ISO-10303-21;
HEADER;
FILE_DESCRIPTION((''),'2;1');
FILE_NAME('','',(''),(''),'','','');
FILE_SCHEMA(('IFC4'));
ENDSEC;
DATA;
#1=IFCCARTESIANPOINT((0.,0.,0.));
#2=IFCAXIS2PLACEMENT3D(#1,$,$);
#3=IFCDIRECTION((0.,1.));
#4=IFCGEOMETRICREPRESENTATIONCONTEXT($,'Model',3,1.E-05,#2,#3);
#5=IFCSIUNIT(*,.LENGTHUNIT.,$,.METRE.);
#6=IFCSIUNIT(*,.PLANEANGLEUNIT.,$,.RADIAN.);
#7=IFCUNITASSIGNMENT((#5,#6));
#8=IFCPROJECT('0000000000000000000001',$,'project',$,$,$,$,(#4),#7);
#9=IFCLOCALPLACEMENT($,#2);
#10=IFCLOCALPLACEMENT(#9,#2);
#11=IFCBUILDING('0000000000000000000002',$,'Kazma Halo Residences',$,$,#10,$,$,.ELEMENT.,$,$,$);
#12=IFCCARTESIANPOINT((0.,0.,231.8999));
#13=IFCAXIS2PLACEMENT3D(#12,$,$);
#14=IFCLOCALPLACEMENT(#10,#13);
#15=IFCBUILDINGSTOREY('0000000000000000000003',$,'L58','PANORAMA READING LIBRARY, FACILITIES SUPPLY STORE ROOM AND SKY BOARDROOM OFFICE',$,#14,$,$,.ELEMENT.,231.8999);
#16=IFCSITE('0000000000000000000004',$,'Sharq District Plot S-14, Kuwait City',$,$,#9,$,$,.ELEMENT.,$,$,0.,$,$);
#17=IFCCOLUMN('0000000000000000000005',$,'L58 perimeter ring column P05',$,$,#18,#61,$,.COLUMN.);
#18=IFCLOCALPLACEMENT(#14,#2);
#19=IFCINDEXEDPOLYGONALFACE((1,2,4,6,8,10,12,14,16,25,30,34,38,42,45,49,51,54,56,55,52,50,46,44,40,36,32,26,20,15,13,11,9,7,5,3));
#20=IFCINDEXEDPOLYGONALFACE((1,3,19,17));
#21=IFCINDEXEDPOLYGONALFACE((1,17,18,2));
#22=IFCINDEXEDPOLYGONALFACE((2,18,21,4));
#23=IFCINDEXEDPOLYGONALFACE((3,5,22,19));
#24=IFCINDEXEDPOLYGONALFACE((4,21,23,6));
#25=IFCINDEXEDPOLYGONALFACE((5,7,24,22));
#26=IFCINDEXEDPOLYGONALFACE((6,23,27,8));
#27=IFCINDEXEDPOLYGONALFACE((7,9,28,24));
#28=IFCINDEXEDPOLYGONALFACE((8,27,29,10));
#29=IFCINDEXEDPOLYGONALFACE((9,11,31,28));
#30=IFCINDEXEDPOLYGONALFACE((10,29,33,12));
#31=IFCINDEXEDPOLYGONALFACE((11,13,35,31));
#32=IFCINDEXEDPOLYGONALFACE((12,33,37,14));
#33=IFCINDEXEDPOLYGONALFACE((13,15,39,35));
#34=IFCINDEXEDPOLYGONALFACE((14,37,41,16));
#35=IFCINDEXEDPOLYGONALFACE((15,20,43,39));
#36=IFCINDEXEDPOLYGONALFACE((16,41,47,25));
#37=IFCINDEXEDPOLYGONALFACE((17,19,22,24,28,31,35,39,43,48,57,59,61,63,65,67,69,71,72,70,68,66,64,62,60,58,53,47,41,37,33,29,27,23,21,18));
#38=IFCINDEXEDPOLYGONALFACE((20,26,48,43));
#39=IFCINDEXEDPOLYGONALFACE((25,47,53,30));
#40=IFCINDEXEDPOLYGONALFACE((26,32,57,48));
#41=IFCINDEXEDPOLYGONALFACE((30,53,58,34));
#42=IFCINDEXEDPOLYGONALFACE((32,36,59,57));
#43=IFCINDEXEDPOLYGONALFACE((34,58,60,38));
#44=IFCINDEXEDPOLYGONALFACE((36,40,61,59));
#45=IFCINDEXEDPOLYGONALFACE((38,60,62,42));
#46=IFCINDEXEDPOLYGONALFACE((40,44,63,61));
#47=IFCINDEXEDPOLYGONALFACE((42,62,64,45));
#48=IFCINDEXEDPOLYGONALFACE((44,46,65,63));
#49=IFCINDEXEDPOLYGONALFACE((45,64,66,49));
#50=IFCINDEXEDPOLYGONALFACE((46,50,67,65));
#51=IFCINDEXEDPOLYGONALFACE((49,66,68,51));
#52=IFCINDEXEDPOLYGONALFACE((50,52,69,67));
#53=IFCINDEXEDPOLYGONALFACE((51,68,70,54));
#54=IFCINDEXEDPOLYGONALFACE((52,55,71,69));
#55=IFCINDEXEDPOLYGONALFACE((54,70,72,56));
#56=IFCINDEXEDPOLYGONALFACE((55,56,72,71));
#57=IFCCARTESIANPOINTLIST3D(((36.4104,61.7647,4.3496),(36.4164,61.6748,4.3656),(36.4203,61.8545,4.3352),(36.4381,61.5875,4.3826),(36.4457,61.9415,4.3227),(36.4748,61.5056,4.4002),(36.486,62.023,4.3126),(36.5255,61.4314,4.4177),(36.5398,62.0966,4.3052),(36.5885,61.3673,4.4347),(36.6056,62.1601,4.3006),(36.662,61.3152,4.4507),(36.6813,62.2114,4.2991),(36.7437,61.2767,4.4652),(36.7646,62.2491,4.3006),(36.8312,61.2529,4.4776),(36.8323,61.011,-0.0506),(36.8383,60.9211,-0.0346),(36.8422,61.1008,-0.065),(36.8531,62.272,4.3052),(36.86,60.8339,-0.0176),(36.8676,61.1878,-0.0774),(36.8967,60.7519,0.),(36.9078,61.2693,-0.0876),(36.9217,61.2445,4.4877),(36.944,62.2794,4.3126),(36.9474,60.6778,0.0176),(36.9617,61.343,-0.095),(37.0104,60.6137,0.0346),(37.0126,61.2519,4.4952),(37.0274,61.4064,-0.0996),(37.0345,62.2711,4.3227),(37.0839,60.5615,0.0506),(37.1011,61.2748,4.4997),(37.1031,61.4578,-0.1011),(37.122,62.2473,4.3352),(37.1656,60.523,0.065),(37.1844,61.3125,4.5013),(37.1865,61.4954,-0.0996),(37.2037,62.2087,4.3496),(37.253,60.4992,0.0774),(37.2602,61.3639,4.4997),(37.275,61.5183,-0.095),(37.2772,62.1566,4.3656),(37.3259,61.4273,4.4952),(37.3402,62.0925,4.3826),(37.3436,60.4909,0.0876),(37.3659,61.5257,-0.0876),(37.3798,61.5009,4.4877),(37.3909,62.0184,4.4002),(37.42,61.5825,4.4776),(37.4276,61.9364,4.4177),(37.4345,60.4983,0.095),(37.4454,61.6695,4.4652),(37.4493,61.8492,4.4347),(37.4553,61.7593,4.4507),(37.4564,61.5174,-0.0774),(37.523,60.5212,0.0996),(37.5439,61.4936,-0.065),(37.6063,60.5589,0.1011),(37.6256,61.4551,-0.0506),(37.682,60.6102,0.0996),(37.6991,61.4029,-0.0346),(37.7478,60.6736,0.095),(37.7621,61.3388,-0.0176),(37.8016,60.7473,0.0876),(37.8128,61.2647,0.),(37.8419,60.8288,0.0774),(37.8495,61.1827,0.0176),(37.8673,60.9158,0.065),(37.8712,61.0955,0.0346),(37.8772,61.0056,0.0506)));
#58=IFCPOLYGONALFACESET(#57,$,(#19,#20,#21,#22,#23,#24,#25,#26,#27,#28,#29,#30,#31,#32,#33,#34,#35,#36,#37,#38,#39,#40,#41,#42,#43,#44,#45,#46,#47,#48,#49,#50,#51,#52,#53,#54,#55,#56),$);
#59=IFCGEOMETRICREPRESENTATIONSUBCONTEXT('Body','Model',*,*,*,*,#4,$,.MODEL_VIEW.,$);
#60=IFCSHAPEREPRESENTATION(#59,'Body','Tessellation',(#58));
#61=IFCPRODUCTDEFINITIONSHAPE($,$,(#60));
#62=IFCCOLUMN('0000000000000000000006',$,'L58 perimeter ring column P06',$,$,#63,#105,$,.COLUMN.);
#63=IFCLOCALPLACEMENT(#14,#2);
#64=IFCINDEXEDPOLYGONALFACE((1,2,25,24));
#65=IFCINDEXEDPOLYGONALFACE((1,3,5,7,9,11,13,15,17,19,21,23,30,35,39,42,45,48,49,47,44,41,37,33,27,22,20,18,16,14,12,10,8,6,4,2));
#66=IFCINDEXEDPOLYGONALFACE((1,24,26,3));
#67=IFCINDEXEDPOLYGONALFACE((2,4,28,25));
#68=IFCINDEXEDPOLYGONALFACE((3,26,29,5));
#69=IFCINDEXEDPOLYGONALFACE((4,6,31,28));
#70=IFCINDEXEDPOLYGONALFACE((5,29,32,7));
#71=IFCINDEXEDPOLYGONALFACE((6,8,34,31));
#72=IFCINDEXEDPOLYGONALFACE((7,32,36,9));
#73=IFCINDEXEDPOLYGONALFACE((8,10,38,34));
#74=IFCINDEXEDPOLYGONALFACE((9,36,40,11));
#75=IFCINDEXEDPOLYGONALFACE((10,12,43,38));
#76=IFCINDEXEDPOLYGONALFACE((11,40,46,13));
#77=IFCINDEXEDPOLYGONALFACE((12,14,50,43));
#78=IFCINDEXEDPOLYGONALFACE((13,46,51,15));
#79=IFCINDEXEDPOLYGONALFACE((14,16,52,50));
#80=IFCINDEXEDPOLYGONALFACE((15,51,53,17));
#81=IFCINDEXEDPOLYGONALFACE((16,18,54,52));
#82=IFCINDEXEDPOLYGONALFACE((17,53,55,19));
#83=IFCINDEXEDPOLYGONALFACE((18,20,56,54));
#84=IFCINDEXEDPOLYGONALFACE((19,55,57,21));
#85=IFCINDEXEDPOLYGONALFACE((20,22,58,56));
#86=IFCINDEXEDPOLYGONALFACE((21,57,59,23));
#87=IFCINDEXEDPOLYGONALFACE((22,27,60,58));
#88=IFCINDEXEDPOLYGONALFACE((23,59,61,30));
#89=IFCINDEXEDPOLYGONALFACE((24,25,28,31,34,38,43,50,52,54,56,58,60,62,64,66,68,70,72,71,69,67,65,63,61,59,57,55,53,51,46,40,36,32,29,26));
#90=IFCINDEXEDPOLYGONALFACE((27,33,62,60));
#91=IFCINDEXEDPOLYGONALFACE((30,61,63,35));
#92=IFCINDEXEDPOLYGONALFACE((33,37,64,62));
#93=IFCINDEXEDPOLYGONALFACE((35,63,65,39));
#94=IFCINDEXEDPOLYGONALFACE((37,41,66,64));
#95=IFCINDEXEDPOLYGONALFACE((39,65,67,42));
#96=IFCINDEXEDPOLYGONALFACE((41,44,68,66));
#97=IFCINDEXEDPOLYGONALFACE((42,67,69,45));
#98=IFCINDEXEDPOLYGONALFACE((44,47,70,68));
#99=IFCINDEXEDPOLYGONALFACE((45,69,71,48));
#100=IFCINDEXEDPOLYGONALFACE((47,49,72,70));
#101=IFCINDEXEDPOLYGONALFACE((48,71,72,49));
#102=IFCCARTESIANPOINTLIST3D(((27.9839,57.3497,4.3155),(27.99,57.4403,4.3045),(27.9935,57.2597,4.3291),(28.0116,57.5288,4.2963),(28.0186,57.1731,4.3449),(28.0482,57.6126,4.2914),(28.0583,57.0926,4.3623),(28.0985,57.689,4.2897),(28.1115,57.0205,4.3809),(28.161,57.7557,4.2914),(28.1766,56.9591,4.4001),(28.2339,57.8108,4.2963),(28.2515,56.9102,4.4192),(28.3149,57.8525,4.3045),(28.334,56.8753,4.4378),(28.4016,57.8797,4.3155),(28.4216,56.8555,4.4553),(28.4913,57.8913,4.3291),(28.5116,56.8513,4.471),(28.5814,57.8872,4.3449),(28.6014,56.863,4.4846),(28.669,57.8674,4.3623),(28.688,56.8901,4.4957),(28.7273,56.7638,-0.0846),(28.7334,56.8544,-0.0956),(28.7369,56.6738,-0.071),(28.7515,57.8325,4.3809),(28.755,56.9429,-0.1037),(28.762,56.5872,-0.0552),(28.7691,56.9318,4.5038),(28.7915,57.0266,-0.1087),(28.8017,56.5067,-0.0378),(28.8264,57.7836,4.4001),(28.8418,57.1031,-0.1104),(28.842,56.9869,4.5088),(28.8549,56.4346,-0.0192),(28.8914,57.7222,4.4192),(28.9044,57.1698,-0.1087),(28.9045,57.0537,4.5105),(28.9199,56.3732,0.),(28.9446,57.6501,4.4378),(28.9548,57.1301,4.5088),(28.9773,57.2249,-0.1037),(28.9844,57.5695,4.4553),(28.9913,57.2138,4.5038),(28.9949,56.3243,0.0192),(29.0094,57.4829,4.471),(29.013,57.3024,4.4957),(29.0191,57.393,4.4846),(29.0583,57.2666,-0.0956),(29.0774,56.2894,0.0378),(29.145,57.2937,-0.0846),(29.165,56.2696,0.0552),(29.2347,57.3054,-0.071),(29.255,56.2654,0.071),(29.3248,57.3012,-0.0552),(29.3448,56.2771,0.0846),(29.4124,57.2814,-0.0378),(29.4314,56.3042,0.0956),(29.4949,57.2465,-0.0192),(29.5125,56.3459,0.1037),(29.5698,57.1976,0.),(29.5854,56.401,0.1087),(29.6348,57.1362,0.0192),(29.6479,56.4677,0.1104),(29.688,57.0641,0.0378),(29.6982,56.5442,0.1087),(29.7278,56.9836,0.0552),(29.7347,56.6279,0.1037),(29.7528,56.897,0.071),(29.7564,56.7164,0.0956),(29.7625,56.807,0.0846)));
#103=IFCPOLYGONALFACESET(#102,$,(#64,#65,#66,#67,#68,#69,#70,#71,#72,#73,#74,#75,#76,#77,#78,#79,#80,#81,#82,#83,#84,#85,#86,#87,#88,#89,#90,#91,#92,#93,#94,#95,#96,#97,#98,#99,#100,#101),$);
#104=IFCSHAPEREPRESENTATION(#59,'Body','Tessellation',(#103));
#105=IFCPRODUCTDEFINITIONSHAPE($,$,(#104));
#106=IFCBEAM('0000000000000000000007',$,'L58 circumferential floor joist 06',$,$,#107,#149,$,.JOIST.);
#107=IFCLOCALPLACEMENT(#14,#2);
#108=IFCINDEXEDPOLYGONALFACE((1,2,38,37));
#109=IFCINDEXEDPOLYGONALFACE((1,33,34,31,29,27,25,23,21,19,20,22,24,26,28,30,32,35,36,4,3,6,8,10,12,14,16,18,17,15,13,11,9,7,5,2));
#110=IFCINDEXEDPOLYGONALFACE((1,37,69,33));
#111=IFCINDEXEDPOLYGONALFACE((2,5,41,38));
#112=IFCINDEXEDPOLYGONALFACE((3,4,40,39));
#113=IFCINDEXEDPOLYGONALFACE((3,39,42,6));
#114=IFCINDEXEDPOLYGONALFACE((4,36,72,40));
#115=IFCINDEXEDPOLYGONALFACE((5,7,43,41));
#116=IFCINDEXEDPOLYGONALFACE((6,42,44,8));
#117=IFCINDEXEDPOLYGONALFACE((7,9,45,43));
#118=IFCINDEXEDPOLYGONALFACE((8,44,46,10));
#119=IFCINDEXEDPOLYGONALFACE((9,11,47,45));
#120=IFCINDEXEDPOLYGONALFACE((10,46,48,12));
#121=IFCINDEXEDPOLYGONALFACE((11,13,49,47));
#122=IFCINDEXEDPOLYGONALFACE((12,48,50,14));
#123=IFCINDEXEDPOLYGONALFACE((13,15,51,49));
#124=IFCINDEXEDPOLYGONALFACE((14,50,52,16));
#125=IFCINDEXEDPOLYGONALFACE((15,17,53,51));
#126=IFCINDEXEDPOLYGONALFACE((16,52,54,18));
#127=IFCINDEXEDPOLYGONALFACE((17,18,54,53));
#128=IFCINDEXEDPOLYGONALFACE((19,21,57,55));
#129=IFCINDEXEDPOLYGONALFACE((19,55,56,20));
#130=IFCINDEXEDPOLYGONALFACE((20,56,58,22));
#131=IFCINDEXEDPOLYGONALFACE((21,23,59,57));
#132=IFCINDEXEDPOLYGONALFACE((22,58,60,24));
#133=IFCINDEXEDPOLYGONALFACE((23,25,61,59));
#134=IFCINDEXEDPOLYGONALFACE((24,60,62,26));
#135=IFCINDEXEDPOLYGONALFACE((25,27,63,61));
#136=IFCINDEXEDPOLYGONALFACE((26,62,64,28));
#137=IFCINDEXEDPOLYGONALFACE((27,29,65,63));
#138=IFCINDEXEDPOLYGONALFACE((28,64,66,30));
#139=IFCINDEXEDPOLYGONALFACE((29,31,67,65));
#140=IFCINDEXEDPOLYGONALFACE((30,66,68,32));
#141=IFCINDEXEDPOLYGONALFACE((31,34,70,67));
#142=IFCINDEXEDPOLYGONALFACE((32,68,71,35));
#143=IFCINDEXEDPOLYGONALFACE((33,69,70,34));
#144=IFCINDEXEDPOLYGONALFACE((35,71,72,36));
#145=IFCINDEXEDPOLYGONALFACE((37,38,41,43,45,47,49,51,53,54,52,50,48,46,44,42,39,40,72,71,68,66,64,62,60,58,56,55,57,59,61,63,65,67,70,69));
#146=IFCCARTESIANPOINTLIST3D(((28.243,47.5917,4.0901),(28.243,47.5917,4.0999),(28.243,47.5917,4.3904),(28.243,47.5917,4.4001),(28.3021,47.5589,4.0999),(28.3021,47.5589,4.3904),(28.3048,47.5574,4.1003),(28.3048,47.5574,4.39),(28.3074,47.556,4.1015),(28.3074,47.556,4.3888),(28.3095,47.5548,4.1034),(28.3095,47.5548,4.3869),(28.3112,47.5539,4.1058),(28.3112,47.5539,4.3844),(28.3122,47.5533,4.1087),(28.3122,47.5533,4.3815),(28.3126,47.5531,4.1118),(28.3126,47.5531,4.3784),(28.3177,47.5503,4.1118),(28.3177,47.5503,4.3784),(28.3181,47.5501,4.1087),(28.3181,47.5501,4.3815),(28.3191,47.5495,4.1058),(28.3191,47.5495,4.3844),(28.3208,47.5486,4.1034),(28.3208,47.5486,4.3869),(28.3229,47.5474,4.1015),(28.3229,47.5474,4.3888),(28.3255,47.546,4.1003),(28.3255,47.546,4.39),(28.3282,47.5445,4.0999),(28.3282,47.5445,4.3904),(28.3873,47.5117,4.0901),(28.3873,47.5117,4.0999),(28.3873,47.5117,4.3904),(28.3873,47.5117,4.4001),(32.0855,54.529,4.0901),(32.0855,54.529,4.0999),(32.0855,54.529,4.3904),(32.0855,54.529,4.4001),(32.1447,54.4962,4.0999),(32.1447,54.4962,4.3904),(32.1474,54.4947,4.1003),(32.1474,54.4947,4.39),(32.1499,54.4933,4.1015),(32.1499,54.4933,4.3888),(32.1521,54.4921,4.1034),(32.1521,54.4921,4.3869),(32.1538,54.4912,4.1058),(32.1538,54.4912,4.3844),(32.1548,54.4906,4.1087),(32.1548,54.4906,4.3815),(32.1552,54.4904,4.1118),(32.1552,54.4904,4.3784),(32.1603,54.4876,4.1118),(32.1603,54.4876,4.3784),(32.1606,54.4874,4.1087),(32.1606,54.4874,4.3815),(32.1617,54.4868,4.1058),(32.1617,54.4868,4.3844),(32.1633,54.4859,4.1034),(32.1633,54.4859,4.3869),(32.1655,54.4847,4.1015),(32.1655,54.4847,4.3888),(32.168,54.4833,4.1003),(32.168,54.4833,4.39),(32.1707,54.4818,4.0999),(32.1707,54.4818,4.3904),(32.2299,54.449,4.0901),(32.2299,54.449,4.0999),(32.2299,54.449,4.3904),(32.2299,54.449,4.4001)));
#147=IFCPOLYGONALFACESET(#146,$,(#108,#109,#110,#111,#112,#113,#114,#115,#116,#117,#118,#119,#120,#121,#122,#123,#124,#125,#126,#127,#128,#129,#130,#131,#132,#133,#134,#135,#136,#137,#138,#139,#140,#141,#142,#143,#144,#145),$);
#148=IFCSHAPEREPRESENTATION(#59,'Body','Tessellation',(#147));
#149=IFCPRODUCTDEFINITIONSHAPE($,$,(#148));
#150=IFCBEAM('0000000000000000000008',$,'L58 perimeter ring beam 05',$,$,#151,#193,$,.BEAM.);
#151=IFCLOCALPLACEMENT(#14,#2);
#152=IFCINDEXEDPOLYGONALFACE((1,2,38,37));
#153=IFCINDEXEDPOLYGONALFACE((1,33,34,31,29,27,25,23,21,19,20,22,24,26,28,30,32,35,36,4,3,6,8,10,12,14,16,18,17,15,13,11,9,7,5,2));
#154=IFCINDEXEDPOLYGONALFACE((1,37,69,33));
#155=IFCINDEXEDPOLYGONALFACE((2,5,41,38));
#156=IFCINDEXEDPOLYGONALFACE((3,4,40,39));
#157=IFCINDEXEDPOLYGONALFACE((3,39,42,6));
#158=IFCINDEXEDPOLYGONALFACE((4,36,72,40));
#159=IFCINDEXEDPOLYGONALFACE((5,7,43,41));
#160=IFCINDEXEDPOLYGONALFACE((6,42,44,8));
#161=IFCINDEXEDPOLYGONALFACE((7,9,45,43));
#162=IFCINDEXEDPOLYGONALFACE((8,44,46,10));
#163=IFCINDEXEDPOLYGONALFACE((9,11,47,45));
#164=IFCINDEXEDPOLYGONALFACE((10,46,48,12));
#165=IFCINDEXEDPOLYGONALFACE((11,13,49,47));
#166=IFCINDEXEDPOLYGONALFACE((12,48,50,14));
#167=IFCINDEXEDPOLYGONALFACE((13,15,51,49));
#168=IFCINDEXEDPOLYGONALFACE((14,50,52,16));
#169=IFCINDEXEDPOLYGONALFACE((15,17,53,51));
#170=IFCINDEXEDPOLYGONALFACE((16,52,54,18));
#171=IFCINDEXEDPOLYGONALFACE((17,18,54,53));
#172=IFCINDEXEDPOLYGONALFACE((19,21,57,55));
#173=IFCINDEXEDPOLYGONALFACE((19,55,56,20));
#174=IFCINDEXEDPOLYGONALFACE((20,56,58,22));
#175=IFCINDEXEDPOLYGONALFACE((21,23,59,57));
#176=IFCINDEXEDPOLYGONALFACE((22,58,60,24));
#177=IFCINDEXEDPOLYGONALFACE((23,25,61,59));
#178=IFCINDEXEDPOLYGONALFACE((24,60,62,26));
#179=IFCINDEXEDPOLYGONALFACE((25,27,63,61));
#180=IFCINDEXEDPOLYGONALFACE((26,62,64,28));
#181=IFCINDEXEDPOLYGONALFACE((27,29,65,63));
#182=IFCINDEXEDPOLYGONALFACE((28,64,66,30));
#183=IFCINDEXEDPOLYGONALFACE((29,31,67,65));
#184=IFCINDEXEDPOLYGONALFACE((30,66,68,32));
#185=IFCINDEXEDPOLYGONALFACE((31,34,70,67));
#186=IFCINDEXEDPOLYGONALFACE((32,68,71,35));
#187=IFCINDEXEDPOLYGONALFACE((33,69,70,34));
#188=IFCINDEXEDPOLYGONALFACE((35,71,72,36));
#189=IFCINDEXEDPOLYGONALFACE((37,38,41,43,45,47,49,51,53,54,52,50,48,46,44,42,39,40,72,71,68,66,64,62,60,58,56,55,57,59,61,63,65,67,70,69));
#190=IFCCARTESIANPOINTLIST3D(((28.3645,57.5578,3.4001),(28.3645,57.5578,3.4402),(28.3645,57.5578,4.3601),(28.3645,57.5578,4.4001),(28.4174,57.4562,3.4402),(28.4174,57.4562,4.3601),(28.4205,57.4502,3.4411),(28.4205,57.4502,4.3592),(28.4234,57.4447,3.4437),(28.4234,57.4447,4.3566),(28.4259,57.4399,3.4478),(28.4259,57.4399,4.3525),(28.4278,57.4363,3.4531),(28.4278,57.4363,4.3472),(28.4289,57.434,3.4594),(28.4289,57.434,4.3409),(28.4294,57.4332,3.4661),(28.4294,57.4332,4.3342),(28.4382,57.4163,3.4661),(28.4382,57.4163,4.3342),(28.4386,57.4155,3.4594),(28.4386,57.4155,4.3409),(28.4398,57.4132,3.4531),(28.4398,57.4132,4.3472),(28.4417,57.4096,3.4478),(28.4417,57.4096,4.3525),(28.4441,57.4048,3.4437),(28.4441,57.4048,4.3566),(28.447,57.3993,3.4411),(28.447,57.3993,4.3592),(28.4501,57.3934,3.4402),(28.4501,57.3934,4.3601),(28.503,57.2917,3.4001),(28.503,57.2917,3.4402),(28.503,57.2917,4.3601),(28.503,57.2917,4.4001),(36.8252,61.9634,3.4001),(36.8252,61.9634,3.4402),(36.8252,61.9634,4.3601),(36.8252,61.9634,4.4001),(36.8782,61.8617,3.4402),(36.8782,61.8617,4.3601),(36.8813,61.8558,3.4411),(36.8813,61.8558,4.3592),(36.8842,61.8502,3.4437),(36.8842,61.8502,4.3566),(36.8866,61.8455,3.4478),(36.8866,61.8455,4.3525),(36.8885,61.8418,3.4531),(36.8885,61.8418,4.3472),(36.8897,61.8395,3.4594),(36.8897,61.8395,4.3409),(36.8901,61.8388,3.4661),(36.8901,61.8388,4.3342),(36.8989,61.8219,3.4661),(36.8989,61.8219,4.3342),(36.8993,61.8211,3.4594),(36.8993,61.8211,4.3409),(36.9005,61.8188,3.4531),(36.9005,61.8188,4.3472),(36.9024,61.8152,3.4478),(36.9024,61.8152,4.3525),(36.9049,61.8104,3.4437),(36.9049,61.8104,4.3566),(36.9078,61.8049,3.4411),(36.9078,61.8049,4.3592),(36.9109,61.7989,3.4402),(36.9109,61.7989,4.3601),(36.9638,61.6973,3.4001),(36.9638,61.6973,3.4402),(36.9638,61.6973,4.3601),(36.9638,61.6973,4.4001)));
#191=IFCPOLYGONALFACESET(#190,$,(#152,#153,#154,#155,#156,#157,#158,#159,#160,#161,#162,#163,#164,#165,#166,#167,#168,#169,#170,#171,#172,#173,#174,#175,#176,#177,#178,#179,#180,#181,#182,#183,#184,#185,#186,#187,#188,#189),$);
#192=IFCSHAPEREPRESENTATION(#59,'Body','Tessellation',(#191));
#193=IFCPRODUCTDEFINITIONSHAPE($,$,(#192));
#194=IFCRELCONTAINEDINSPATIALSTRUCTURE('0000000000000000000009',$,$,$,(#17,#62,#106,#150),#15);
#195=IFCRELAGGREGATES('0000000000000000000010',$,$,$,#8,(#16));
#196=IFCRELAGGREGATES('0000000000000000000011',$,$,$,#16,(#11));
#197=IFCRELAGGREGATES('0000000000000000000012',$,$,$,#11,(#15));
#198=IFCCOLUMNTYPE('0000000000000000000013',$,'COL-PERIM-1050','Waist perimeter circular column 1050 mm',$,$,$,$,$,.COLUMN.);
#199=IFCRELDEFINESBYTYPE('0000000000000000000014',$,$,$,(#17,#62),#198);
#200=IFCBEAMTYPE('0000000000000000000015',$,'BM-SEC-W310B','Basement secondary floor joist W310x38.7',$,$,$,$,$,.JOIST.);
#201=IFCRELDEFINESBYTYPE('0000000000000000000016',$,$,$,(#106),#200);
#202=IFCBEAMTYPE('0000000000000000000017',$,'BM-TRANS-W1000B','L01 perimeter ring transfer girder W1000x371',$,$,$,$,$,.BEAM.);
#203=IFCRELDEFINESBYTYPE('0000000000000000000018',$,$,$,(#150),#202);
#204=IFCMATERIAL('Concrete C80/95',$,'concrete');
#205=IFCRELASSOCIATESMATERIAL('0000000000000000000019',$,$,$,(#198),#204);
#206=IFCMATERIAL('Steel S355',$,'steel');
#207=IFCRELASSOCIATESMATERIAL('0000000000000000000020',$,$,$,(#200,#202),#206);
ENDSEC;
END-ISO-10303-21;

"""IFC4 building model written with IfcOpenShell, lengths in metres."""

from ifc_helpers import new_model, si_unit, direction, frame, origin, origin_2d, place, context, subcontext, project, spatial, circle, i_section, extrude, material, material_profile, profile_set, type_object, element, save


model = new_model("IFC4")

# Units and contexts
model_context = context("Model", 3, precision=1e-05, world=origin(), true_north=direction((0.0, 1.0)))
body_context = subcontext(model_context, "Body", "Model", "MODEL_VIEW")
ifc_project = project(units=[si_unit("LENGTHUNIT", "METRE"), si_unit("PLANEANGLEUNIT", "RADIAN")], contexts=[model_context])

# Site, building, storey
site_placement = place(None, origin())
site = spatial("IfcSite", under=ifc_project, at=site_placement, Name="Sharq District Plot S-14, Kuwait City", CompositionType="ELEMENT", RefElevation=0.0)
building_placement = place(site_placement, origin())
building = spatial("IfcBuilding", under=site, at=building_placement, Name="Kazma Halo Residences", CompositionType="ELEMENT")
storey_placement = place(building_placement, frame((0.0, 0.0, 231.8999)))
storey = spatial("IfcBuildingStorey", under=building, at=storey_placement, Name="L58", Description="PANORAMA READING LIBRARY, FACILITIES SUPPLY STORE ROOM AND SKY BOARDROOM OFFICE", CompositionType="ELEMENT", Elevation=231.8999)

# Columns
ifc_material_1 = material(Name="Concrete C80/95", Category="concrete")
ifc_material_profile_1 = material_profile(ifc_material_1, circle(Radius=0.5249, at=origin_2d()), Name="CIRC1050")
ifc_profile_set_1 = profile_set([ifc_material_profile_1], Name="Concrete C80/95")
column_type = type_object("IfcColumnType", Name="COL-PERIM-1050", Description="Waist perimeter circular column 1050 mm", PredefinedType="COLUMN", material=ifc_profile_set_1)
column_1_placement = place(storey_placement, frame((37.3547, 61.0083, 0.0), z_axis=(-0.094082, 0.168074, 0.981275), x_axis=(-0.872593, -0.488448, 0.0)))
element("IfcColumn", 1, at=column_1_placement, inside=storey, type_object=column_type, Name="L58 perimeter ring column P05", PredefinedType="COLUMN", context=body_context, shape_type="SweptSolid", body=[
    extrude(circle(Radius=0.5249, at=origin_2d()), origin(), (0.0, 0.0, 1.0), 4.4841),
])
column_2_placement = place(storey_placement, frame((29.2449, 56.7854, 0.0), z_axis=(-0.165172, 0.130185, 0.977635), x_axis=(-0.619017, -0.785378, 0.0)))
element("IfcColumn", 2, at=column_2_placement, inside=storey, type_object=column_type, Name="L58 perimeter ring column P06", PredefinedType="COLUMN", context=body_context, shape_type="SweptSolid", body=[
    extrude(circle(Radius=0.5249, at=origin_2d()), origin(), (0.0, 0.0, 1.0), 4.5007),
])

# Beams
ifc_material_2 = material(Name="Steel S355", Category="steel")
ifc_material_profile_2 = material_profile(ifc_material_2, i_section(OverallWidth=0.165, OverallDepth=0.3101, WebThickness=0.0059, FlangeThickness=0.0098, FilletRadius=0.012, at=origin_2d()), Name="W310x38.7")
ifc_profile_set_2 = profile_set([ifc_material_profile_2], Name="Steel S355")
beam_type_1 = type_object("IfcBeamType", Name="BM-SEC-W310B", Description="Basement secondary floor joist W310x38.7", PredefinedType="JOIST", material=ifc_profile_set_2)
beam_1_placement = place(storey_placement, frame((32.1577, 54.489, 4.2451), z_axis=(-0.484534, -0.874772, 0.0), x_axis=(0.874772, -0.484534, 0.0)))
element("IfcBeam", 3, at=beam_1_placement, inside=storey, type_object=beam_type_1, Name="L58 circumferential floor joist 06", PredefinedType="JOIST", context=body_context, shape_type="SweptSolid", body=[
    extrude(i_section(OverallWidth=0.165, OverallDepth=0.3101, WebThickness=0.0059, FlangeThickness=0.0098, FilletRadius=0.012, at=origin_2d()), origin(), (0.0, 0.0, 1.0), 7.9304),
])
ifc_material_profile_3 = material_profile(ifc_material_2, i_section(OverallWidth=0.3, OverallDepth=1.0, WebThickness=0.019, FlangeThickness=0.04, FilletRadius=0.0259, at=origin_2d()), Name="W1000x371")
ifc_profile_set_3 = profile_set([ifc_material_profile_3], Name="Steel S355")
beam_type_2 = type_object("IfcBeamType", Name="BM-TRANS-W1000B", Description="L01 perimeter ring transfer girder W1000x371", PredefinedType="BEAM", material=ifc_profile_set_3)
beam_2_placement = place(storey_placement, frame((36.8945, 61.8303, 3.9001), z_axis=(-0.886961, -0.461844, 0.0), x_axis=(0.461844, -0.886961, 0.0)))
element("IfcBeam", 4, at=beam_2_placement, inside=storey, type_object=beam_type_2, Name="L58 perimeter ring beam 05", PredefinedType="BEAM", context=body_context, shape_type="SweptSolid", body=[
    extrude(i_section(OverallWidth=0.3, OverallDepth=1.0, WebThickness=0.019, FlangeThickness=0.04, FilletRadius=0.0259, at=origin_2d()), origin(), (0.0, 0.0, 1.0), 9.5391),
])

save(model, "model.ifc")
